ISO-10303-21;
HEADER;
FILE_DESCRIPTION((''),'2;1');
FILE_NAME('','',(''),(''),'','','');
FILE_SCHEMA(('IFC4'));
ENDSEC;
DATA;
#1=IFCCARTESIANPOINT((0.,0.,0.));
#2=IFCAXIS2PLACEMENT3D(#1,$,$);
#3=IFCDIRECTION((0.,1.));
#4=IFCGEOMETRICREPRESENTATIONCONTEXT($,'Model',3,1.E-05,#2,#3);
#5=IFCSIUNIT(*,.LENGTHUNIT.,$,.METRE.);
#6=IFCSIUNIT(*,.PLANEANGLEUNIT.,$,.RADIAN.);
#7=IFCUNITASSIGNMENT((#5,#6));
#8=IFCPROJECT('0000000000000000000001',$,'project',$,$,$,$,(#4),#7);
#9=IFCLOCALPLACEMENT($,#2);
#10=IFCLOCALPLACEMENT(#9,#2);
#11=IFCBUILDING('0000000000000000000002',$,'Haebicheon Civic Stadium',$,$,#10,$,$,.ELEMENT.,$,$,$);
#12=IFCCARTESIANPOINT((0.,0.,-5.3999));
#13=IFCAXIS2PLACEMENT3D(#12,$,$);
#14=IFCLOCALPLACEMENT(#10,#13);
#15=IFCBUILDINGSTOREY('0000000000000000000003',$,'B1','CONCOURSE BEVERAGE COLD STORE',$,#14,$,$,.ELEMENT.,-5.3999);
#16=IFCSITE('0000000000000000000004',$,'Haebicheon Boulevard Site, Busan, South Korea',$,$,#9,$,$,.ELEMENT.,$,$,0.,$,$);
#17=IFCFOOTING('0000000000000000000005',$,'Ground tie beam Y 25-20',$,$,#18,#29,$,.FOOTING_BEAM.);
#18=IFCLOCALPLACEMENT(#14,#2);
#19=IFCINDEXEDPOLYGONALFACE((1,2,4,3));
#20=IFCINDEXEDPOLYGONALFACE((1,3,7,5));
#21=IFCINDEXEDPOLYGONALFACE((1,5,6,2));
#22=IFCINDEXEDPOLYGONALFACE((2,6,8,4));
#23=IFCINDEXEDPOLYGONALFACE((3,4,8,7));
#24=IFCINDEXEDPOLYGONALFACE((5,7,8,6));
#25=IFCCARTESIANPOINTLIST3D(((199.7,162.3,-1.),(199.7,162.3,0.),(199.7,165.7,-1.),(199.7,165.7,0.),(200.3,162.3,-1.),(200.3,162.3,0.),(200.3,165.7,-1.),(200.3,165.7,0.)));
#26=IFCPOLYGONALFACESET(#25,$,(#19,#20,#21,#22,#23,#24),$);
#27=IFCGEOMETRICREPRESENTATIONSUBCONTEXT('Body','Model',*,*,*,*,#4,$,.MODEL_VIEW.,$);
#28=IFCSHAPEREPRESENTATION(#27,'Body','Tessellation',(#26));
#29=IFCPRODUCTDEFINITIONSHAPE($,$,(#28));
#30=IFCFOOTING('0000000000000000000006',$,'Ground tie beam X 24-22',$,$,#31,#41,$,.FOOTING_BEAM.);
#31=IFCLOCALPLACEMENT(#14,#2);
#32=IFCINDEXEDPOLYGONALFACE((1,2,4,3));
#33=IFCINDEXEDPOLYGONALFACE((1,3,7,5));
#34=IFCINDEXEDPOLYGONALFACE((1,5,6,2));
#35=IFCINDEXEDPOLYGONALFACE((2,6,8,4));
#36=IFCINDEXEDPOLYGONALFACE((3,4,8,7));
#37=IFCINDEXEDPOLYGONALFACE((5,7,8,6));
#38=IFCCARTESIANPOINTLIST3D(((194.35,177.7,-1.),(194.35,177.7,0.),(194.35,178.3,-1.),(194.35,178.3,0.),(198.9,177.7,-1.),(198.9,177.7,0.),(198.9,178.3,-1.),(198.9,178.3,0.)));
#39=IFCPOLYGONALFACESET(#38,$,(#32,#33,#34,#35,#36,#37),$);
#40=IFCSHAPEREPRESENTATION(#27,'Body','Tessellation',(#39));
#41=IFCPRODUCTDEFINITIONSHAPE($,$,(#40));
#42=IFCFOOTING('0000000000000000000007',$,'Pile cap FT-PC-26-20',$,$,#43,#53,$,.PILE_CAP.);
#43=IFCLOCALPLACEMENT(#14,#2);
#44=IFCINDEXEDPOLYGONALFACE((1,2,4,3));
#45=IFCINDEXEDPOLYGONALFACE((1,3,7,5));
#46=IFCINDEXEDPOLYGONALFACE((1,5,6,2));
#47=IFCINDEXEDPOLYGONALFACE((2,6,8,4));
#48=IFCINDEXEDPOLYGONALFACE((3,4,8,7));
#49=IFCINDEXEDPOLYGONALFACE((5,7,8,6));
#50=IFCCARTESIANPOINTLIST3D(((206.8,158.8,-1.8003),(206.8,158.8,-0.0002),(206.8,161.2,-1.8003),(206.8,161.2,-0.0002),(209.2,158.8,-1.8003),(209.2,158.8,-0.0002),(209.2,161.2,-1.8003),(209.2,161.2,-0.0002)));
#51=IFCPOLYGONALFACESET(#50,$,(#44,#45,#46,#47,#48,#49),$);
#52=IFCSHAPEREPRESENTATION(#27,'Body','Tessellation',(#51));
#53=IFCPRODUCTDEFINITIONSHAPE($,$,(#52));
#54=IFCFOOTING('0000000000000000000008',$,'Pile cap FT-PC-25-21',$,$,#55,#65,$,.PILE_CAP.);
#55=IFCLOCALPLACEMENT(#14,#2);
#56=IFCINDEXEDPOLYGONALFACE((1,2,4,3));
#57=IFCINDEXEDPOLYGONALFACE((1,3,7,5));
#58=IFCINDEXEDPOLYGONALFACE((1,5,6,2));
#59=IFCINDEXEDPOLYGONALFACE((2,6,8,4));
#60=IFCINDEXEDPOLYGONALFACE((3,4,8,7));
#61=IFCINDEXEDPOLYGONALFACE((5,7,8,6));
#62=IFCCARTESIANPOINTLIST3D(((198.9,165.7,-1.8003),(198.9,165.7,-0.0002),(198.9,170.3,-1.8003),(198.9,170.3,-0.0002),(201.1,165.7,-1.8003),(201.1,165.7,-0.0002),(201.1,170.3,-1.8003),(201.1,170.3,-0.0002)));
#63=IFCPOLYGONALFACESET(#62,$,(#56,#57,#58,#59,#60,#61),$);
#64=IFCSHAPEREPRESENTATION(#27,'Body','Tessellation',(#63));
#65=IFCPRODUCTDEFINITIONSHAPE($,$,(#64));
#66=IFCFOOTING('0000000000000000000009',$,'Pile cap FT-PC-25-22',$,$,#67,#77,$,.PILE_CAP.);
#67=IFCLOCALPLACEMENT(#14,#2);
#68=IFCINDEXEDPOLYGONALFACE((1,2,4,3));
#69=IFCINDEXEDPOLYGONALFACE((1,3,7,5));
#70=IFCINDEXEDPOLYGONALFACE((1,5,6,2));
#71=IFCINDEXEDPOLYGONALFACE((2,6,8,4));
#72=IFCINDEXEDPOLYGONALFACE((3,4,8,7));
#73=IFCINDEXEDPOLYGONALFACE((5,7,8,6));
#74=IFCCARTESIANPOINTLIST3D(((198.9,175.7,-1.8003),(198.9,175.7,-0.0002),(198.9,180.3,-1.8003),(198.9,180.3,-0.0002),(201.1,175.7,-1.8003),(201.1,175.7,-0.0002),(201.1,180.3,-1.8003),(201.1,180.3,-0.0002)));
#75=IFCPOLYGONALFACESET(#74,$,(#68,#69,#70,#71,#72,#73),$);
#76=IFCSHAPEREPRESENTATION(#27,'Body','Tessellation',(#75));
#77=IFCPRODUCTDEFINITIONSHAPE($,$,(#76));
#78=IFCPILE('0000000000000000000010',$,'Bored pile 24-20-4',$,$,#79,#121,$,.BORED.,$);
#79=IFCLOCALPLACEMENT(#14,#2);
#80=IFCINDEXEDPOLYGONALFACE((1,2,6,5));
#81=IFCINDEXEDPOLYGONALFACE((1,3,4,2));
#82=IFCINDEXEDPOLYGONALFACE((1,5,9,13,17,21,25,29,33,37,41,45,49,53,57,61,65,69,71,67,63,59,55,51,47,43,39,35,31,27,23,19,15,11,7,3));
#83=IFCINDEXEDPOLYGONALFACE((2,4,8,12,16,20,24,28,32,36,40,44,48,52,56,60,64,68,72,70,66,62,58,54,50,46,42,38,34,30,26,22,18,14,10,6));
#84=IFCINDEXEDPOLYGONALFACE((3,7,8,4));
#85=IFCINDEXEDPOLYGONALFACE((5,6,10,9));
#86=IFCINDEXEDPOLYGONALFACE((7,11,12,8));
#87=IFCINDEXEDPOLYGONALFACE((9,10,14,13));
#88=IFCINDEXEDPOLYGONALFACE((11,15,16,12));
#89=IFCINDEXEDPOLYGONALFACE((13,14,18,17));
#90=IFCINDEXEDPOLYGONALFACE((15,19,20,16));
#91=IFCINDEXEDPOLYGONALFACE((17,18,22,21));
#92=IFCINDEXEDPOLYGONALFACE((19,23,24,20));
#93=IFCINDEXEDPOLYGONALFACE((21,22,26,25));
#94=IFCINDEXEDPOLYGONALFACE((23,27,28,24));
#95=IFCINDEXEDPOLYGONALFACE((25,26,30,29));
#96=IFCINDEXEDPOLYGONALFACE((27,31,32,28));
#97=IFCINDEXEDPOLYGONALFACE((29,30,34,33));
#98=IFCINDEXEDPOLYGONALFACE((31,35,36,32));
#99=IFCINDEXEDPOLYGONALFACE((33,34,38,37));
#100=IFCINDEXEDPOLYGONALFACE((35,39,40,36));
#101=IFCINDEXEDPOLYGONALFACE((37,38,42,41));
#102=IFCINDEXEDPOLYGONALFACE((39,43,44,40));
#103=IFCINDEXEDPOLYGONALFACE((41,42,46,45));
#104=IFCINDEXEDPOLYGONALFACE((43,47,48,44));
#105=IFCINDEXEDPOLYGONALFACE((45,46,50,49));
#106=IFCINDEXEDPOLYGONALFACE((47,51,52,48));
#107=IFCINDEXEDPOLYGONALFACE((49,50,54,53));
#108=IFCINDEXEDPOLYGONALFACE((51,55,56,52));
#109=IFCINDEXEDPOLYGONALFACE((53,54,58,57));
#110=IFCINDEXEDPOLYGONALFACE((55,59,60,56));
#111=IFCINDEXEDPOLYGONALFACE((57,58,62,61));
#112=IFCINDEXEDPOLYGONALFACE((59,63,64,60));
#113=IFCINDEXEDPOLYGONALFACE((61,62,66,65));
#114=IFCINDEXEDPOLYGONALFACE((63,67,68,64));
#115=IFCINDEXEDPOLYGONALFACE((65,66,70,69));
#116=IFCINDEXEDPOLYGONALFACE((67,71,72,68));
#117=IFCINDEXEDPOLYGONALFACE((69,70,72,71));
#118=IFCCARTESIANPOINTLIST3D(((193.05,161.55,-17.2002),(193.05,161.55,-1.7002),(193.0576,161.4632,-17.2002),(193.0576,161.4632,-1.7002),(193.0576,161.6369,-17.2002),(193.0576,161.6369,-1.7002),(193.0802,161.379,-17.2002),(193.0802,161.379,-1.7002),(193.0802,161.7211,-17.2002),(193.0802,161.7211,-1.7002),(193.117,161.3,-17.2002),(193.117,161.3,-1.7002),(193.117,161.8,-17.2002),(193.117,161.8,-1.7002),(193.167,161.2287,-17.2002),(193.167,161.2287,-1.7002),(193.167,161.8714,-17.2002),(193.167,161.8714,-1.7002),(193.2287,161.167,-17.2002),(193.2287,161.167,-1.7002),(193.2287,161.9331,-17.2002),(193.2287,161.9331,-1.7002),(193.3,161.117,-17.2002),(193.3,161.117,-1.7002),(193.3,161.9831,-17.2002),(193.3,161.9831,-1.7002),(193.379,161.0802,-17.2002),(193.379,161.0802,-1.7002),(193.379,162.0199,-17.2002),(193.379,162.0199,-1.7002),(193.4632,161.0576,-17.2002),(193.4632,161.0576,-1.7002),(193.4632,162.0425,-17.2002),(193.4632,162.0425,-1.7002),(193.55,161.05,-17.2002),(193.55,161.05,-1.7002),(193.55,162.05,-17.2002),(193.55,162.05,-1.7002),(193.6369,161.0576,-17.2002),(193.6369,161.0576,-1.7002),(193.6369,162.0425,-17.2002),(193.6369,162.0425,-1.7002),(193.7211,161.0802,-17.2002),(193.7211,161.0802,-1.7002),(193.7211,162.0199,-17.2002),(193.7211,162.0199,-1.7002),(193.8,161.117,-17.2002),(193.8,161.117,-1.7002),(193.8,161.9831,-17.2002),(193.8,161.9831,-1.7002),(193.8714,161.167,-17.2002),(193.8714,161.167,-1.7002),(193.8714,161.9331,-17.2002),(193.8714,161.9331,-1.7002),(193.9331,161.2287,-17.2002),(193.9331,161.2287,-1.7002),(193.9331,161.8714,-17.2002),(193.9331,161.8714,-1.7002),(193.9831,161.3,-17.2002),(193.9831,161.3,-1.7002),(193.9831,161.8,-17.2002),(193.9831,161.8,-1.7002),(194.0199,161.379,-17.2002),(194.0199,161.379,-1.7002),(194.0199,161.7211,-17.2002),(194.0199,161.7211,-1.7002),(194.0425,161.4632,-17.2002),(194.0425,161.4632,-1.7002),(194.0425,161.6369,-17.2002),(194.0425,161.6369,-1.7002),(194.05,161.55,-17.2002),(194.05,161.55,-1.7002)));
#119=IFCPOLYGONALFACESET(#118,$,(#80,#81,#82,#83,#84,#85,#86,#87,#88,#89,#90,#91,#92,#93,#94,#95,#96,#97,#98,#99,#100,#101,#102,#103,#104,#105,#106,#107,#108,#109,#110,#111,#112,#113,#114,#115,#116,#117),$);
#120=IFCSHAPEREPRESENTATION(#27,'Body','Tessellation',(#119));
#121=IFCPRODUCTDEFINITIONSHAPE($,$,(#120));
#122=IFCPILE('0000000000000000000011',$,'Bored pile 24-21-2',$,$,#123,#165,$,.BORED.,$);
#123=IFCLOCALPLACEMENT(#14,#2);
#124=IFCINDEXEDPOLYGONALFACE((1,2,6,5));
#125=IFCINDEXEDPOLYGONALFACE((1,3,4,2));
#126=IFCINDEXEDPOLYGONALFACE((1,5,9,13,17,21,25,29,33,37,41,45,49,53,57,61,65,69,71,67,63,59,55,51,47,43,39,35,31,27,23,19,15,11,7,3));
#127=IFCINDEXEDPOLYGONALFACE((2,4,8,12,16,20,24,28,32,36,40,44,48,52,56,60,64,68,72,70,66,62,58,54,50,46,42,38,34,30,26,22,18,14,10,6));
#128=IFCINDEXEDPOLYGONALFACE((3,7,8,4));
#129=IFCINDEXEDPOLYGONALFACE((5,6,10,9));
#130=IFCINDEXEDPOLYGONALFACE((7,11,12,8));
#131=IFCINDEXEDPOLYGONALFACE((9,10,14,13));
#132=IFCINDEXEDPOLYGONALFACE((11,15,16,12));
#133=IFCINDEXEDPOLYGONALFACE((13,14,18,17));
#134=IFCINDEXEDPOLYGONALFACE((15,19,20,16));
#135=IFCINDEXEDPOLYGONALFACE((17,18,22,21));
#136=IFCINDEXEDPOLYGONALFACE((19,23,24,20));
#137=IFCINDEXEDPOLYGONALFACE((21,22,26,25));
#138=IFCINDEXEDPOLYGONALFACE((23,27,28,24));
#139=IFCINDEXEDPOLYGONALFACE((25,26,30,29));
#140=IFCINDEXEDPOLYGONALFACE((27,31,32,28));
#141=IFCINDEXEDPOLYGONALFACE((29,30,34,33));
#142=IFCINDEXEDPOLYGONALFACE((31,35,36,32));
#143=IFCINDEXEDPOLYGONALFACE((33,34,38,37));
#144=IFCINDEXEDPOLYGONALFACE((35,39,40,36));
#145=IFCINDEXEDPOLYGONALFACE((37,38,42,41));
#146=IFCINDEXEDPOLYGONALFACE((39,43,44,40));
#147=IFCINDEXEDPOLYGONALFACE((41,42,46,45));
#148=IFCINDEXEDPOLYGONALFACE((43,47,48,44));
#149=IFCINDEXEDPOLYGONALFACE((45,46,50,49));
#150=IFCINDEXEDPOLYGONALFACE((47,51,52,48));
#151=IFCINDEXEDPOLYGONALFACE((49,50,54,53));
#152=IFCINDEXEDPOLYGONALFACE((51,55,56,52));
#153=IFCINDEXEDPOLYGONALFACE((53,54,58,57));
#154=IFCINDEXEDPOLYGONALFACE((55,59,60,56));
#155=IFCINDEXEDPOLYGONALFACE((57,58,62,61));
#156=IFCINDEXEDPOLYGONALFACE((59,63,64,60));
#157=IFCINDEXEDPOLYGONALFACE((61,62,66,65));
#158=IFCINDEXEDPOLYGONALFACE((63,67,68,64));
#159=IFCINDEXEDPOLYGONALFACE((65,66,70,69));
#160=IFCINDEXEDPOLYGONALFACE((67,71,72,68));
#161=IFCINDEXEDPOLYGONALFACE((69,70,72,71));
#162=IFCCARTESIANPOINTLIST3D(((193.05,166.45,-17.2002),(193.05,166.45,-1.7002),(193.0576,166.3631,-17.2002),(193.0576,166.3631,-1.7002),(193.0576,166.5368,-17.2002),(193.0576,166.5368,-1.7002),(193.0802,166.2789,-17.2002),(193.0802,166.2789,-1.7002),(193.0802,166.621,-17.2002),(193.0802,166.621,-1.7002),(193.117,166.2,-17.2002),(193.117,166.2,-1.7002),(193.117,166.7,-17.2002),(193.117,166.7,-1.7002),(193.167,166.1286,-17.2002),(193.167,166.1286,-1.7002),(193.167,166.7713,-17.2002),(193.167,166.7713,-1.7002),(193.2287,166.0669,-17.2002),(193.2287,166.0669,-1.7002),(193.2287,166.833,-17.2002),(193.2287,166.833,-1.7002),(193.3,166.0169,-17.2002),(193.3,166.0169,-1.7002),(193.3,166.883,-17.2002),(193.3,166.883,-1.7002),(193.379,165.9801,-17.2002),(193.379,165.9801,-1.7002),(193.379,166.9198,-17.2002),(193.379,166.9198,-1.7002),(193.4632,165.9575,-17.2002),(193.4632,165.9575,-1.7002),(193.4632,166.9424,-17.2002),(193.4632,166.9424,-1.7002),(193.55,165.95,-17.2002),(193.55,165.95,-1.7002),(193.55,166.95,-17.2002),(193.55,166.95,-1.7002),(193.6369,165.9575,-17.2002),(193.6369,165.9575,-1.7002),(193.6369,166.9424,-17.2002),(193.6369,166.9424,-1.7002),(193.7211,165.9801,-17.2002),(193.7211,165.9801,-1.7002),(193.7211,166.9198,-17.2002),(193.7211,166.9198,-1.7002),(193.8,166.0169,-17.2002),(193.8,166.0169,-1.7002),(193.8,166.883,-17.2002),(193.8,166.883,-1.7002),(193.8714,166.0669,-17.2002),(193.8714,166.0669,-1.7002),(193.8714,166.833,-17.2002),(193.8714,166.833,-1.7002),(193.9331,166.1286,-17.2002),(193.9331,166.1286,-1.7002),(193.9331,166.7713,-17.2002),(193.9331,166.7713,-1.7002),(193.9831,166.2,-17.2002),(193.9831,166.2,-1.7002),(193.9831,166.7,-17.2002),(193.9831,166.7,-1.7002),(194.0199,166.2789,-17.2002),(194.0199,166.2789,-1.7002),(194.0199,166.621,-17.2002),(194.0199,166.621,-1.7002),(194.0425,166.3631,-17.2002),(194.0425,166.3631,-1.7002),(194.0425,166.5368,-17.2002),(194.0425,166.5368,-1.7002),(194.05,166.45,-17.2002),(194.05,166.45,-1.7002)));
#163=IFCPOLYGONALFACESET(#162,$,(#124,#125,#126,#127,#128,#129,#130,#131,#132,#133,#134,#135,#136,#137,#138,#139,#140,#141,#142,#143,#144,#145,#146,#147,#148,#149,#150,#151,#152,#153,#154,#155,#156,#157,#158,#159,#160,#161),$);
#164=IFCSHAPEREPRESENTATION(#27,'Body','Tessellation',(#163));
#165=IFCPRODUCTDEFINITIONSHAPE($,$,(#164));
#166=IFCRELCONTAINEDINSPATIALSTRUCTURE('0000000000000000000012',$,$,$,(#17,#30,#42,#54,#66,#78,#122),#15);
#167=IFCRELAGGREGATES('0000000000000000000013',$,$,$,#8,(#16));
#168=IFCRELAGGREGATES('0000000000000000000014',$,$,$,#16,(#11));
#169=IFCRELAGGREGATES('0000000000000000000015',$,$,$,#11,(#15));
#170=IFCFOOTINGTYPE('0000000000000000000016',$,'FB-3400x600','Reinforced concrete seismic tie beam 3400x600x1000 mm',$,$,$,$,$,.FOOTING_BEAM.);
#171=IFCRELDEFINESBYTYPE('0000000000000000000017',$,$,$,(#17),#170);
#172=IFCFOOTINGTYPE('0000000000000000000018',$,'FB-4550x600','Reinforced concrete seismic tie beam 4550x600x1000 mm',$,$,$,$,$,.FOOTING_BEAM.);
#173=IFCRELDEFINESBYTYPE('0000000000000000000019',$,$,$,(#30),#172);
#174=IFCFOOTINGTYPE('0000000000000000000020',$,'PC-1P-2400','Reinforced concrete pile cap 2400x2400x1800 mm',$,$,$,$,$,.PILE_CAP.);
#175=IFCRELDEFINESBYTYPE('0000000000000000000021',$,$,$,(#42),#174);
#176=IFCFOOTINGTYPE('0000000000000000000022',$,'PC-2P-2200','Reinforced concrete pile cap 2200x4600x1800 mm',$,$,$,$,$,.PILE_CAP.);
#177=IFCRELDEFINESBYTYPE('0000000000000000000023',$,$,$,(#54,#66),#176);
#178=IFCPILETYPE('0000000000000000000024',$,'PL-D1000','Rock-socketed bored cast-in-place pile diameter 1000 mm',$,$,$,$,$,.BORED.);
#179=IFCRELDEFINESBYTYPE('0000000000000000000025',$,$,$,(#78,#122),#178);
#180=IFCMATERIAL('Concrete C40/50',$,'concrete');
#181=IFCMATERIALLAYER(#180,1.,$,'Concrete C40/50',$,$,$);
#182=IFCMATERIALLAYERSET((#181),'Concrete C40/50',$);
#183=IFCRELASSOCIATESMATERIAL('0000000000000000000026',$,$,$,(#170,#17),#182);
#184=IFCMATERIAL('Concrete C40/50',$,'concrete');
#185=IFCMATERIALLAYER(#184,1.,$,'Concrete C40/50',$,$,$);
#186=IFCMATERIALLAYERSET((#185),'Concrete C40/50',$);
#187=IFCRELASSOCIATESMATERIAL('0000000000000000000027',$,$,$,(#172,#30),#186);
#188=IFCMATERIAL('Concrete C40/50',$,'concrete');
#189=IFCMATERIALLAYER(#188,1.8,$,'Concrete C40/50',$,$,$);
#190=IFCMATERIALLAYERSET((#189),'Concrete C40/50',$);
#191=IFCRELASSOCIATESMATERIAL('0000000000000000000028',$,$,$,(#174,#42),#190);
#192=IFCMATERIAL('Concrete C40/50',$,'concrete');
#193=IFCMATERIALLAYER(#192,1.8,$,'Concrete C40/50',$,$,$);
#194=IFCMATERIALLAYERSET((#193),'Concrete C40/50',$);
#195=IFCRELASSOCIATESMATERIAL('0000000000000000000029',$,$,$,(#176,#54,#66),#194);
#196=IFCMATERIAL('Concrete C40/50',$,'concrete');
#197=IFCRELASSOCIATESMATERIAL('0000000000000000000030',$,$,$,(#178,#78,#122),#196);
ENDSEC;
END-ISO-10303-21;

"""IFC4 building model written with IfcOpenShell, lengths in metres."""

from ifc_helpers import new_model, si_unit, direction, frame, origin, origin_2d, place, context, subcontext, project, spatial, rectangle, circle, extrude, material, layer, layer_set, material_profile, profile_set, type_object, element, save


model = new_model("IFC4")

# Units and contexts
model_context = context("Model", 3, precision=1e-05, world=origin(), true_north=direction((0.0, 1.0)))
body_context = subcontext(model_context, "Body", "Model", "MODEL_VIEW")
ifc_project = project(units=[si_unit("LENGTHUNIT", "METRE"), si_unit("PLANEANGLEUNIT", "RADIAN")], contexts=[model_context])

# Site, building, storey
site_placement = place(None, origin())
site = spatial("IfcSite", under=ifc_project, at=site_placement, Name="Haebicheon Boulevard Site, Busan, South Korea", CompositionType="ELEMENT", RefElevation=0.0)
building_placement = place(site_placement, origin())
building = spatial("IfcBuilding", under=site, at=building_placement, Name="Haebicheon Civic Stadium", CompositionType="ELEMENT")
storey_placement = place(building_placement, frame((0.0, 0.0, -5.3999)))
storey = spatial("IfcBuildingStorey", under=building, at=storey_placement, Name="B1", Description="CONCOURSE BEVERAGE COLD STORE", CompositionType="ELEMENT", Elevation=-5.3999)

# Footings
ifc_material_1 = material(Name="Concrete C40/50", Category="concrete")
ifc_layer_1 = layer(ifc_material_1, 1.0, Name="Concrete C40/50")
ifc_layer_set_1 = layer_set([ifc_layer_1], Name="Concrete C40/50")
footing_type_1 = type_object("IfcFootingType", Name="FB-3400x600", Description="Reinforced concrete seismic tie beam 3400x600x1000 mm", PredefinedType="FOOTING_BEAM", material=ifc_layer_set_1)
footing_1_placement = place(storey_placement, frame((200.0, 164.0, -1.0), z_axis=(0.0, 0.0, 1.0), x_axis=(0.0, 1.0, 0.0)))
element("IfcFooting", 1, at=footing_1_placement, inside=storey, type_object=footing_type_1, material=ifc_layer_set_1, Name="Ground tie beam Y 25-20", PredefinedType="FOOTING_BEAM", context=body_context, shape_type="SweptSolid", body=[
    extrude(rectangle(XDim=3.3999, YDim=0.6001, at=origin_2d()), origin(), (0.0, 0.0, 1.0), 1.0),
])
ifc_material_2 = material(Name="Concrete C40/50", Category="concrete")
ifc_layer_2 = layer(ifc_material_2, 1.0, Name="Concrete C40/50")
ifc_layer_set_2 = layer_set([ifc_layer_2], Name="Concrete C40/50")
footing_type_2 = type_object("IfcFootingType", Name="FB-4550x600", Description="Reinforced concrete seismic tie beam 4550x600x1000 mm", PredefinedType="FOOTING_BEAM", material=ifc_layer_set_2)
footing_2_placement = place(storey_placement, frame((196.625, 178.0, -1.0), z_axis=(0.0, 0.0, 1.0), x_axis=(1.0, 0.0, 0.0)))
element("IfcFooting", 2, at=footing_2_placement, inside=storey, type_object=footing_type_2, material=ifc_layer_set_2, Name="Ground tie beam X 24-22", PredefinedType="FOOTING_BEAM", context=body_context, shape_type="SweptSolid", body=[
    extrude(rectangle(XDim=4.55, YDim=0.6001, at=origin_2d()), origin(), (0.0, 0.0, 1.0), 1.0),
])
ifc_material_3 = material(Name="Concrete C40/50", Category="concrete")
ifc_layer_3 = layer(ifc_material_3, 1.8, Name="Concrete C40/50")
ifc_layer_set_3 = layer_set([ifc_layer_3], Name="Concrete C40/50")
footing_type_3 = type_object("IfcFootingType", Name="PC-1P-2400", Description="Reinforced concrete pile cap 2400x2400x1800 mm", PredefinedType="PILE_CAP", material=ifc_layer_set_3)
footing_3_placement = place(storey_placement, frame((208.0, 160.0, -1.8003), z_axis=(0.0, 0.0, 1.0), x_axis=(1.0, 0.0, 0.0)))
element("IfcFooting", 3, at=footing_3_placement, inside=storey, type_object=footing_type_3, material=ifc_layer_set_3, Name="Pile cap FT-PC-26-20", PredefinedType="PILE_CAP", context=body_context, shape_type="SweptSolid", body=[
    extrude(rectangle(XDim=2.3999, YDim=2.3999, at=origin_2d()), origin(), (0.0, 0.0, 1.0), 1.8),
])
ifc_material_4 = material(Name="Concrete C40/50", Category="concrete")
ifc_layer_4 = layer(ifc_material_4, 1.8, Name="Concrete C40/50")
ifc_layer_set_4 = layer_set([ifc_layer_4], Name="Concrete C40/50")
footing_type_4 = type_object("IfcFootingType", Name="PC-2P-2200", Description="Reinforced concrete pile cap 2200x4600x1800 mm", PredefinedType="PILE_CAP", material=ifc_layer_set_4)
for number, where, z_axis, x_axis, name in (
    (4, (200.0, 168.0, -1.8003), (0.0, 0.0, 1.0), (1.0, 0.0, 0.0), "Pile cap FT-PC-25-21"),
    (5, (200.0, 178.0, -1.8003), (0.0, 0.0, 1.0), (1.0, 0.0, 0.0), "Pile cap FT-PC-25-22"),
):
    element("IfcFooting", number, at=place(storey_placement, frame(where, z_axis=z_axis, x_axis=x_axis)), inside=storey, type_object=footing_type_4, material=ifc_layer_set_4, Name=name, PredefinedType="PILE_CAP", context=body_context, shape_type="SweptSolid", body=[
        extrude(rectangle(XDim=2.2, YDim=4.6001, at=origin_2d()), origin(), (0.0, 0.0, 1.0), 1.8),
    ])

# Piles
ifc_material_5 = material(Name="Concrete C40/50", Category="concrete")
ifc_material_profile_1 = material_profile(ifc_material_5, circle(Radius=0.5, at=origin_2d()), Name="PILE-D1000")
ifc_profile_set_1 = profile_set([ifc_material_profile_1], Name="Concrete C40/50")
pile_type = type_object("IfcPileType", Name="PL-D1000", Description="Rock-socketed bored cast-in-place pile diameter 1000 mm", PredefinedType="BORED", material=ifc_profile_set_1)
for number, where, z_axis, x_axis, name in (
    (6, (193.55, 161.55, -1.7002), (0.0, 0.0, -1.0), (1.0, 0.0, 0.0), "Bored pile 24-20-4"),
    (7, (193.55, 166.45, -1.7002), (0.0, 0.0, -1.0), (1.0, 0.0, 0.0), "Bored pile 24-21-2"),
):
    element("IfcPile", number, at=place(storey_placement, frame(where, z_axis=z_axis, x_axis=x_axis)), inside=storey, type_object=pile_type, material=ifc_profile_set_1, Name=name, PredefinedType="BORED", context=body_context, shape_type="SweptSolid", body=[
        extrude(circle(Radius=0.5, at=origin_2d()), origin(), (0.0, 0.0, 1.0), 15.5),
    ])

save(model, "model.ifc")
